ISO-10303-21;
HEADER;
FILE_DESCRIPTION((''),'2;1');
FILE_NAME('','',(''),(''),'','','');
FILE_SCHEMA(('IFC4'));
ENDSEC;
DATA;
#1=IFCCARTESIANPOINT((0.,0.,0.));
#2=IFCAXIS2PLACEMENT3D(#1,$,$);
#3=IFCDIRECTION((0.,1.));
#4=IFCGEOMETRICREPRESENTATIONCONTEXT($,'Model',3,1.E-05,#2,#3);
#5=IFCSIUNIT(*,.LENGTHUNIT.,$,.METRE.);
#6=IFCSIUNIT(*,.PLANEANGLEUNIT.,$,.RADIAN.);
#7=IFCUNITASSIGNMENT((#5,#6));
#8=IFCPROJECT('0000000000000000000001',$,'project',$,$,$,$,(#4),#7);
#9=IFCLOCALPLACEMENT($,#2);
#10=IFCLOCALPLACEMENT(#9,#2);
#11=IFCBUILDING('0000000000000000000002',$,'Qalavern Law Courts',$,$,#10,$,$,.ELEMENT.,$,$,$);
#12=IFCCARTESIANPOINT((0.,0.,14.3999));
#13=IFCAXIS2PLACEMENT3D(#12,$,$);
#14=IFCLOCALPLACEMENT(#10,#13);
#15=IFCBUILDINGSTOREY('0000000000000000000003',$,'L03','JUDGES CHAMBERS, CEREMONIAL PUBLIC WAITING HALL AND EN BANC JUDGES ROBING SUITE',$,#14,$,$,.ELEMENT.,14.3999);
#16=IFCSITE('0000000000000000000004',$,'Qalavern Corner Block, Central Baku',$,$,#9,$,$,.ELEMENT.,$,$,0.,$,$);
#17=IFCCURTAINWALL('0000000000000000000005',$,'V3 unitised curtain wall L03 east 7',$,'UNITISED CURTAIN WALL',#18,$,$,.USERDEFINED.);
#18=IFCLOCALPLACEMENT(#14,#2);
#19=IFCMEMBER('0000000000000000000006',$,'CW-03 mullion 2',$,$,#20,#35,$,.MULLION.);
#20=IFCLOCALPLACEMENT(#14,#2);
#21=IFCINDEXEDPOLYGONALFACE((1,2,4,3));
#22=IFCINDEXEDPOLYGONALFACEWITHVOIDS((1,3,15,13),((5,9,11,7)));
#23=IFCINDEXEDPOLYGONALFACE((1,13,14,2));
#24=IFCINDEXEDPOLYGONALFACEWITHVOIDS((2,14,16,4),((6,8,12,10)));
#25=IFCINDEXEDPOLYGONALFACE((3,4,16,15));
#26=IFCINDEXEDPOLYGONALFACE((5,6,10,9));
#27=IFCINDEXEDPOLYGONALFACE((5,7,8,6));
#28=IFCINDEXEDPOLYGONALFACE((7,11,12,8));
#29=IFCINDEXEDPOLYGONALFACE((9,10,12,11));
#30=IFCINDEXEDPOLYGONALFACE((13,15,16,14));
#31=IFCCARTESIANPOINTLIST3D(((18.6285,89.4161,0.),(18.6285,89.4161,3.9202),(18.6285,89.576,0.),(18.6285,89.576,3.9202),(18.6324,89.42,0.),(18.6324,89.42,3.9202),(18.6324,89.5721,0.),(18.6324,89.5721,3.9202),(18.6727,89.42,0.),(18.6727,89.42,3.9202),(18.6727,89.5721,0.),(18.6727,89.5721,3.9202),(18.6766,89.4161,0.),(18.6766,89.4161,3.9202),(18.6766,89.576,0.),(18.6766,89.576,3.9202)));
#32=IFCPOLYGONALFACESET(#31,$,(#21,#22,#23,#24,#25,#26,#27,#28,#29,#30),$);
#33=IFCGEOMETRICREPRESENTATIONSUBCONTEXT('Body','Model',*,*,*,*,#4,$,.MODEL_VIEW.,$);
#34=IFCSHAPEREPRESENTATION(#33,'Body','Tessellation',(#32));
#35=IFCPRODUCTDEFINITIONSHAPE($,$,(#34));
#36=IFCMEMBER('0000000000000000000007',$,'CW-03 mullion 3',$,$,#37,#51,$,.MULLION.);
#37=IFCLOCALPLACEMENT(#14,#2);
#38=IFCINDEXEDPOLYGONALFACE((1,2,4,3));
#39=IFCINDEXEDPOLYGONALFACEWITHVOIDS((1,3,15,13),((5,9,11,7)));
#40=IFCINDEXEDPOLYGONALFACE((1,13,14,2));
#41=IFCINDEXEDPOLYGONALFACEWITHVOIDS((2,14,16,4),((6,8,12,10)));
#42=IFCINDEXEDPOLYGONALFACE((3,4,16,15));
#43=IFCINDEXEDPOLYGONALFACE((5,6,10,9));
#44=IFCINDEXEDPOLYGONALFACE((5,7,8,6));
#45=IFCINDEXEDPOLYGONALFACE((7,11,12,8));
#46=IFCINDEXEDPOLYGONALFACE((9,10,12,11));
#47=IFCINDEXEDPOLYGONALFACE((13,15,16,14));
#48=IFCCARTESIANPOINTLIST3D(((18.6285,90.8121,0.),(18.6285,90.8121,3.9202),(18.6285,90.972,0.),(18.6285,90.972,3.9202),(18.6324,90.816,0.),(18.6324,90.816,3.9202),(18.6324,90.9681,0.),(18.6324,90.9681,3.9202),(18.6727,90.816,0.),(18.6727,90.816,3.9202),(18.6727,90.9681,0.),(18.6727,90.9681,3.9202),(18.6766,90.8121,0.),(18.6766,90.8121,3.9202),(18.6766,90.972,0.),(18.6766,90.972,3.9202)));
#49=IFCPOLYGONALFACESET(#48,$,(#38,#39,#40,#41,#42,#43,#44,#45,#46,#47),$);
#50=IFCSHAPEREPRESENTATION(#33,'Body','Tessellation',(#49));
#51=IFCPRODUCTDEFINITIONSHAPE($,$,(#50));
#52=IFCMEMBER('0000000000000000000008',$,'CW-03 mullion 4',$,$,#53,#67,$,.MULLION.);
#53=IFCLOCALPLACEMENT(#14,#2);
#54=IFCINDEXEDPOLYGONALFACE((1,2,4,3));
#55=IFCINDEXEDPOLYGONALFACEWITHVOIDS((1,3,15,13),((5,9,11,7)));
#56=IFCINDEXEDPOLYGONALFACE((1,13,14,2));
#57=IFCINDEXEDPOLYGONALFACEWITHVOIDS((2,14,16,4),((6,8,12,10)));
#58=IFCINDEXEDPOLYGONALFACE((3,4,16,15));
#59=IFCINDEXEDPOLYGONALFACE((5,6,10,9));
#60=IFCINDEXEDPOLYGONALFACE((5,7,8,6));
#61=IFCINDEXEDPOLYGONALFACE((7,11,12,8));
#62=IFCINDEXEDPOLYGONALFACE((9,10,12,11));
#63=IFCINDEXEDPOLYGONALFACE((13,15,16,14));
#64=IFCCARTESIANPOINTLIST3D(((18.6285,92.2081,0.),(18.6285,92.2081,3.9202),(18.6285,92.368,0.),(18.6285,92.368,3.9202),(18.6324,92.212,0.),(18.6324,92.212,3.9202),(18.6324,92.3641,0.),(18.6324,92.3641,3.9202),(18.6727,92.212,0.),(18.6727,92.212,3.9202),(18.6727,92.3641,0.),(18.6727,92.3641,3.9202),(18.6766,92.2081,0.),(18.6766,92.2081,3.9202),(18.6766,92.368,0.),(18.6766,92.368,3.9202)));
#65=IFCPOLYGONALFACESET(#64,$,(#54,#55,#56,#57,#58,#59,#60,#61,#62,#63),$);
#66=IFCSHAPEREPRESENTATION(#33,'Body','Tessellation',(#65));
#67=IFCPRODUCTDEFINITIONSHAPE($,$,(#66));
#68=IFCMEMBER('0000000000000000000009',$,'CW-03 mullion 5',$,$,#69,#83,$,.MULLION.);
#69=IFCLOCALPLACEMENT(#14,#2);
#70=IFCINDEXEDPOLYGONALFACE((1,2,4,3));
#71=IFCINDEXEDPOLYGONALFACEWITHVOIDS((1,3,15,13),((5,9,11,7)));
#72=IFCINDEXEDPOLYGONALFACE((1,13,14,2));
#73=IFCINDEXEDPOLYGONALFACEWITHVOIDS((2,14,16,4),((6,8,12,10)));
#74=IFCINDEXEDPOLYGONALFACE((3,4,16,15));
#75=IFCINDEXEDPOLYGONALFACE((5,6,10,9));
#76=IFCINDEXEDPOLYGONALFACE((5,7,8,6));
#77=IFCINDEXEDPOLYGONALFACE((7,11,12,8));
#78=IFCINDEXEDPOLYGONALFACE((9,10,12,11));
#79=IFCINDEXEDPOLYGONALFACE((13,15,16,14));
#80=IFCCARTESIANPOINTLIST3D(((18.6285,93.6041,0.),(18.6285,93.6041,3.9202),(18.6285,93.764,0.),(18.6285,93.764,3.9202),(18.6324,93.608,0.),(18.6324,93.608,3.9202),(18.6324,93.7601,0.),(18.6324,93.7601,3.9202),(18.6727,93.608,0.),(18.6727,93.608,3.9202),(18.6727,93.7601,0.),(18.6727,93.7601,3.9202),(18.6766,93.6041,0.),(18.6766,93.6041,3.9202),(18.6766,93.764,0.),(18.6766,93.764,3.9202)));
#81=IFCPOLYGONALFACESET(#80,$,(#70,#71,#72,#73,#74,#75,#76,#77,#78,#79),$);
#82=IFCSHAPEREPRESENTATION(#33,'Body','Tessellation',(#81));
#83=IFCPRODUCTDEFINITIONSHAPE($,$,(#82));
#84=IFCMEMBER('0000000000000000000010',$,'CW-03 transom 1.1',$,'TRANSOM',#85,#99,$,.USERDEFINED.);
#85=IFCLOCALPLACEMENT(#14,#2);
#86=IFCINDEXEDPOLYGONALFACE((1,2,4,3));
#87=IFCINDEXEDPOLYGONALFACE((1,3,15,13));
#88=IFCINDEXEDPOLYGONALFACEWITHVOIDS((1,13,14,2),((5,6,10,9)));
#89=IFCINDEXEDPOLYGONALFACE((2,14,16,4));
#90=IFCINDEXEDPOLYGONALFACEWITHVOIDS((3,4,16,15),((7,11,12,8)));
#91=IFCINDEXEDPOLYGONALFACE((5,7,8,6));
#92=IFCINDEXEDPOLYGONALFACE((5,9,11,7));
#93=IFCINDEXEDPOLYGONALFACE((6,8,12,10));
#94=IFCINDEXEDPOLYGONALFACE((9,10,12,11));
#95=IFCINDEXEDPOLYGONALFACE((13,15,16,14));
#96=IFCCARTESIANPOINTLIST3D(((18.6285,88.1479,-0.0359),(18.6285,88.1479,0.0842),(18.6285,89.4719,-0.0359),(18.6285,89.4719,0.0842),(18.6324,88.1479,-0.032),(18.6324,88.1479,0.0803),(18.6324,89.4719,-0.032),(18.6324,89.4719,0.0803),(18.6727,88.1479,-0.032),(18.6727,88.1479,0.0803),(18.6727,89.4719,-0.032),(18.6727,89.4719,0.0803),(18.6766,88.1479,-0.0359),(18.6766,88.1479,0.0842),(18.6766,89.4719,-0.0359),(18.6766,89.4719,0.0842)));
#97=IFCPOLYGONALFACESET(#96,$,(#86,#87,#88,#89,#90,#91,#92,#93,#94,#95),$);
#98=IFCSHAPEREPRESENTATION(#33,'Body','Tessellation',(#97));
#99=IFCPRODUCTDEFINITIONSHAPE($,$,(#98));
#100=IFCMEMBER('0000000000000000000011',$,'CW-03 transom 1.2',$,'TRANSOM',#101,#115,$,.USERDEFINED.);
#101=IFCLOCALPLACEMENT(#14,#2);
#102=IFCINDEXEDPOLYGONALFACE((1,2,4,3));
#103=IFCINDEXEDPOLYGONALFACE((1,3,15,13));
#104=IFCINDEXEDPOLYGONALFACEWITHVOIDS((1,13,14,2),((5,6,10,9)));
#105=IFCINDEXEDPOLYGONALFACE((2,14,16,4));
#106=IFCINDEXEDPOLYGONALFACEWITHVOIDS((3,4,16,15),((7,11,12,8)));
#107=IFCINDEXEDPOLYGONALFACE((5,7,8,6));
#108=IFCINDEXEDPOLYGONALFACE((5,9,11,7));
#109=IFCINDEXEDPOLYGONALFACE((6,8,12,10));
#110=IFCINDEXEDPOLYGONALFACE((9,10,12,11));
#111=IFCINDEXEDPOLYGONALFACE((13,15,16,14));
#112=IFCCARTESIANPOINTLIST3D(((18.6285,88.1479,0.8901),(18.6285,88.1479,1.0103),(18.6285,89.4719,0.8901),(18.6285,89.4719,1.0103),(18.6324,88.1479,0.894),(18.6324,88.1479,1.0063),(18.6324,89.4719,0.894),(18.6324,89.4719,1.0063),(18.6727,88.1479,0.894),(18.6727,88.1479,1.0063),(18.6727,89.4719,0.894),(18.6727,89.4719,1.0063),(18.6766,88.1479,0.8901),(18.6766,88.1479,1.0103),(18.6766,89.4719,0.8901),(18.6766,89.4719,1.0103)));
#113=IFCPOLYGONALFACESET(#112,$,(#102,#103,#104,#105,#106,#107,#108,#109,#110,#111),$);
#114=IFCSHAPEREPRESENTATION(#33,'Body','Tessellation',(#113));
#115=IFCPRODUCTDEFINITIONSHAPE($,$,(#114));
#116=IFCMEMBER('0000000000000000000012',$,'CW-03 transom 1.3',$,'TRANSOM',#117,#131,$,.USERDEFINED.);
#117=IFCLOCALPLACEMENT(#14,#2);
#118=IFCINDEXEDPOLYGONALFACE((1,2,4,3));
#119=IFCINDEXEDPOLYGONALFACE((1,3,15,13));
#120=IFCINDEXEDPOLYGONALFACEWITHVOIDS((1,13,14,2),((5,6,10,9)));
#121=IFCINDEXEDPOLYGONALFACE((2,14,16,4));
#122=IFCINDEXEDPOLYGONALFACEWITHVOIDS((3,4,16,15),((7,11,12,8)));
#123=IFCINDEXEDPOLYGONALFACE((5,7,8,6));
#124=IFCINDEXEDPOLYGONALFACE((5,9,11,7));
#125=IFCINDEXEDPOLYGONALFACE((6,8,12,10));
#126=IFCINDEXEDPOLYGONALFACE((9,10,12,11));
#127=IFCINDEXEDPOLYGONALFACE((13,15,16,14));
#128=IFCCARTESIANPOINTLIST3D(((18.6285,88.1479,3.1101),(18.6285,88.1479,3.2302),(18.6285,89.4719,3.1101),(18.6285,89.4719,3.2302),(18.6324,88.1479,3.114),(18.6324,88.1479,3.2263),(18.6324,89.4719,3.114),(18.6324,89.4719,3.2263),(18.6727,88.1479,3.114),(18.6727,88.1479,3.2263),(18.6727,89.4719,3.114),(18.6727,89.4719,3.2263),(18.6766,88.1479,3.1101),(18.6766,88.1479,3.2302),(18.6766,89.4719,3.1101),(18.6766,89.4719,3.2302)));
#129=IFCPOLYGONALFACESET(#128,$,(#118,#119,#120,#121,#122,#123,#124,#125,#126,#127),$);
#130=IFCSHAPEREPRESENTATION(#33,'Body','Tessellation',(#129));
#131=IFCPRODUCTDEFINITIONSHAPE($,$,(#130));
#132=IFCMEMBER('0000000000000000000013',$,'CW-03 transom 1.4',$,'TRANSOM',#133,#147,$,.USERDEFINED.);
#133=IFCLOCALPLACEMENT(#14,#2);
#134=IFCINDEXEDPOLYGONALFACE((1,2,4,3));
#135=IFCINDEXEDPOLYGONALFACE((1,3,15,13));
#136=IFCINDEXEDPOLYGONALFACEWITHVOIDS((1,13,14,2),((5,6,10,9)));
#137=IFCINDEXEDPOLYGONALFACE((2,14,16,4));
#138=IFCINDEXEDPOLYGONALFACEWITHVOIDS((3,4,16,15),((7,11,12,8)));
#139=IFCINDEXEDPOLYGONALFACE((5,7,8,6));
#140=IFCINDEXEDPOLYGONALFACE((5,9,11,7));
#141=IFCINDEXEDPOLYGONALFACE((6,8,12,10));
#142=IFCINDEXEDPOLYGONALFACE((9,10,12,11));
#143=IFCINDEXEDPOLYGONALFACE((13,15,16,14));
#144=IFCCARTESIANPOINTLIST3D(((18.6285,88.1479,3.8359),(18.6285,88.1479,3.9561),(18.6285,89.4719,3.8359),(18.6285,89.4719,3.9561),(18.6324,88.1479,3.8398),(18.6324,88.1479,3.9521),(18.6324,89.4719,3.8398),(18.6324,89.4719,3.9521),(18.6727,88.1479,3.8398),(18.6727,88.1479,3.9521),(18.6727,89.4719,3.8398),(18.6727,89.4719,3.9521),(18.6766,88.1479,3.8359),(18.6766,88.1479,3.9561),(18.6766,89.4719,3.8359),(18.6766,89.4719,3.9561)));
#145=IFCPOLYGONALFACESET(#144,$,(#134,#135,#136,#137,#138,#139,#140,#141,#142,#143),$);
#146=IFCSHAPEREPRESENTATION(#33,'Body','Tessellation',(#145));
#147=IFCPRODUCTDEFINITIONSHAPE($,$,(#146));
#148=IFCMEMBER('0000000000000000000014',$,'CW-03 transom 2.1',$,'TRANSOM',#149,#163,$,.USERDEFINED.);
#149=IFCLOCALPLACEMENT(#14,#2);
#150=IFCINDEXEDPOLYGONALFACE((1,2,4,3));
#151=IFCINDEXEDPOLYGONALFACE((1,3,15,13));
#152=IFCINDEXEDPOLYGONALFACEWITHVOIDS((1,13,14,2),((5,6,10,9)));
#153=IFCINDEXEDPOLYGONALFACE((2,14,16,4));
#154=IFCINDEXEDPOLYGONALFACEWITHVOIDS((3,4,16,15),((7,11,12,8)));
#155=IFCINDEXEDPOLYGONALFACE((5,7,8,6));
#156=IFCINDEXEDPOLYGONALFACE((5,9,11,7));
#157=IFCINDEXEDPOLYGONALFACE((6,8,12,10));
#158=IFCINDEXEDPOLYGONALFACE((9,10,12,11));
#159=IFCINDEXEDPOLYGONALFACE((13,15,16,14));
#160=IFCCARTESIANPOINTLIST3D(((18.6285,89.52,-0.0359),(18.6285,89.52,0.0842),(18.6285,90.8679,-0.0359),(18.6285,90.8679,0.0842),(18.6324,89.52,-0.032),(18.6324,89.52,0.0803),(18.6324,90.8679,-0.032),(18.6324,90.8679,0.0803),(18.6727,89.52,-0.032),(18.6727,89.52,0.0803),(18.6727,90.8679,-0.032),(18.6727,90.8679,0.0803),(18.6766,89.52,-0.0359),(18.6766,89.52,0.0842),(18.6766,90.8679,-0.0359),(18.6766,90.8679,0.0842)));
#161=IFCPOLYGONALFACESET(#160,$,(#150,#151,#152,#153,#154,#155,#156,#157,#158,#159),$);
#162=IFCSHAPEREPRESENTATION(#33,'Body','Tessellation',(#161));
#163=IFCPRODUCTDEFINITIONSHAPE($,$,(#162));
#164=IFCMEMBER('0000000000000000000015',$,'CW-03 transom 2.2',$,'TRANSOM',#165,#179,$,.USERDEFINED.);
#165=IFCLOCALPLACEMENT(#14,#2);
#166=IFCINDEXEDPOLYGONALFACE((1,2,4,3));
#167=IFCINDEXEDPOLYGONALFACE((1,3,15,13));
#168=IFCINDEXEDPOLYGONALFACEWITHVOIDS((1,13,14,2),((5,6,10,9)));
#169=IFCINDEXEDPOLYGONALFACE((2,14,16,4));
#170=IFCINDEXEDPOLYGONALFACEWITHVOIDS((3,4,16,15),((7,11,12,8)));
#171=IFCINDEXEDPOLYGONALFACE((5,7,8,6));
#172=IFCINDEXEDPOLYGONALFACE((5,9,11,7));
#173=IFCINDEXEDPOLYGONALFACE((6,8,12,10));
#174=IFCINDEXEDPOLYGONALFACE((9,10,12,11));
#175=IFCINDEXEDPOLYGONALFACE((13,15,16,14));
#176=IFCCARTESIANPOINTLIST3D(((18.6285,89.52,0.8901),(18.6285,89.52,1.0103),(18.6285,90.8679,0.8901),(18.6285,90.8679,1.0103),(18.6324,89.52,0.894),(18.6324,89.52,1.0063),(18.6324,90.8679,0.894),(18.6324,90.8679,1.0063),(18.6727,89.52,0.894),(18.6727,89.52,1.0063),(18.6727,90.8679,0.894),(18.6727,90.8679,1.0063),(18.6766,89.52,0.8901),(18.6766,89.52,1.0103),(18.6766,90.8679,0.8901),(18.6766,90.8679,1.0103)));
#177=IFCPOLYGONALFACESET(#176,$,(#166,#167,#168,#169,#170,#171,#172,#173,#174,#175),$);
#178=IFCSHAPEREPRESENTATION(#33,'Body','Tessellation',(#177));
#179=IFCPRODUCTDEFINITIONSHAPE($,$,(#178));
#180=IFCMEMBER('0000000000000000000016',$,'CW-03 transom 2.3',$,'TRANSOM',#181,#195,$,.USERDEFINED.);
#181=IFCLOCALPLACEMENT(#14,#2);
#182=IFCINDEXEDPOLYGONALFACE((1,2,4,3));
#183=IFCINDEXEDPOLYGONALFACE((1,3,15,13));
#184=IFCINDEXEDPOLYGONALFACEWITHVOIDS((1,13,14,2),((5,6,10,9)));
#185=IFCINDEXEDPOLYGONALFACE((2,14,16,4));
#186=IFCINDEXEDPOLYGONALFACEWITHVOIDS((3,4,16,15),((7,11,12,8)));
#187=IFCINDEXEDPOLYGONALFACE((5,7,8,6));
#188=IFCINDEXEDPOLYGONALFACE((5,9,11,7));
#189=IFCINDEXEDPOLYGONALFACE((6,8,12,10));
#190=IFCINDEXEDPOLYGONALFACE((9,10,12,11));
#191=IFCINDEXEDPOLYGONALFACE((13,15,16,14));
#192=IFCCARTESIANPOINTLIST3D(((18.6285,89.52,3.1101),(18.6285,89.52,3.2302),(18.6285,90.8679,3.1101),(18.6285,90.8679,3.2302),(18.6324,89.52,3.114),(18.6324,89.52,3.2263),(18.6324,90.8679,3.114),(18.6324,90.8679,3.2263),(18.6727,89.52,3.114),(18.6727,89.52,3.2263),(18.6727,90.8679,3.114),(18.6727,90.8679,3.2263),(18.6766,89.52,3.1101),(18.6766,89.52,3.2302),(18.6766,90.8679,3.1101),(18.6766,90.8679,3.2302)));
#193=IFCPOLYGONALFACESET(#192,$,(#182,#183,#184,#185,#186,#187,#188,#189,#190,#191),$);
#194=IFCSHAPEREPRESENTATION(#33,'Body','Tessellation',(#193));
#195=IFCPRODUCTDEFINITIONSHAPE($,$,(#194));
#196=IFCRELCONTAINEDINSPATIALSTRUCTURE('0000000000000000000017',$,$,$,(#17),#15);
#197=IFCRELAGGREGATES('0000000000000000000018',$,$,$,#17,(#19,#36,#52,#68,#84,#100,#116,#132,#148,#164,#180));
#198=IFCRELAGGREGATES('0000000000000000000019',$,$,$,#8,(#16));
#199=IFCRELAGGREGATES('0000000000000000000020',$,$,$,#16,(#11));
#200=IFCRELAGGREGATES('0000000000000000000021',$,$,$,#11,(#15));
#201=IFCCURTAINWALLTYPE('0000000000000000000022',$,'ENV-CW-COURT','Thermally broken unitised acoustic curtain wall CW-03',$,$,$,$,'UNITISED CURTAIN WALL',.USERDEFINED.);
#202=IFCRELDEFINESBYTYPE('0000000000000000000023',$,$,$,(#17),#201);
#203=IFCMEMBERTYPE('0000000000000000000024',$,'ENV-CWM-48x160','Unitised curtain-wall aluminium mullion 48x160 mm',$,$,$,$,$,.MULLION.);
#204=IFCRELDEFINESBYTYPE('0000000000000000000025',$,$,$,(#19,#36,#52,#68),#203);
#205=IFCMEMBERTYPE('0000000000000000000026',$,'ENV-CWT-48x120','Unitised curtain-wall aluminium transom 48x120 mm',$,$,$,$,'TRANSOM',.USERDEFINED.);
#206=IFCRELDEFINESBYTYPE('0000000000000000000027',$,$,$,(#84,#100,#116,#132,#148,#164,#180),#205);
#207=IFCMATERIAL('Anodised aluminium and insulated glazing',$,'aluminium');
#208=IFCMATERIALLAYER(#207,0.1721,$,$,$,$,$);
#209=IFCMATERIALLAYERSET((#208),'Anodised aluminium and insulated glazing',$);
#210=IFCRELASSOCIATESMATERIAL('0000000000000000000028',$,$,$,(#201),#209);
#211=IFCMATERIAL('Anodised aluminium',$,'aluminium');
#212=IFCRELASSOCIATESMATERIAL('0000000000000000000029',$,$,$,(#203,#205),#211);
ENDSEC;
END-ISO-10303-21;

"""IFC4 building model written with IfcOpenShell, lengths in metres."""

from ifc_helpers import new_model, si_unit, direction, frame, origin, origin_2d, place, context, subcontext, project, spatial, hollow_rectangle, extrude, material, layer, layer_set, material_profile, profile_set, type_object, element, aggregate, save


model = new_model("IFC4")

# Units and contexts
model_context = context("Model", 3, precision=1e-05, world=origin(), true_north=direction((0.0, 1.0)))
body_context = subcontext(model_context, "Body", "Model", "MODEL_VIEW")
ifc_project = project(units=[si_unit("LENGTHUNIT", "METRE"), si_unit("PLANEANGLEUNIT", "RADIAN")], contexts=[model_context])

# Site, building, storey
site_placement = place(None, origin())
site = spatial("IfcSite", under=ifc_project, at=site_placement, Name="Qalavern Corner Block, Central Baku", CompositionType="ELEMENT", RefElevation=0.0)
building_placement = place(site_placement, origin())
building = spatial("IfcBuilding", under=site, at=building_placement, Name="Qalavern Law Courts", CompositionType="ELEMENT")
storey_placement = place(building_placement, frame((0.0, 0.0, 14.3999)))
storey = spatial("IfcBuildingStorey", under=building, at=storey_placement, Name="L03", Description="JUDGES CHAMBERS, CEREMONIAL PUBLIC WAITING HALL AND EN BANC JUDGES ROBING SUITE", CompositionType="ELEMENT", Elevation=14.3999)

# Curtain wall, members
ifc_material_1 = material(Name="Anodised aluminium and insulated glazing", Category="aluminium")
ifc_layer_1 = layer(ifc_material_1, 0.1721)
ifc_layer_set_1 = layer_set([ifc_layer_1], Name="Anodised aluminium and insulated glazing")
curtain_wall_type = type_object("IfcCurtainWallType", Name="ENV-CW-COURT", Description="Thermally broken unitised acoustic curtain wall CW-03", ElementType="UNITISED CURTAIN WALL", PredefinedType="USERDEFINED", material=ifc_layer_set_1)
curtain_wall_placement = place(storey_placement, origin())
curtain_wall = element("IfcCurtainWall", 1, at=curtain_wall_placement, inside=storey, type_object=curtain_wall_type, Name="V3 unitised curtain wall L03 east 7", ObjectType="UNITISED CURTAIN WALL", PredefinedType="USERDEFINED")
ifc_material_2 = material(Name="Anodised aluminium", Category="aluminium")
ifc_material_profile_1 = material_profile(ifc_material_2, hollow_rectangle(XDim=0.0481, YDim=0.1599, WallThickness=0.0039, at=origin_2d()), Name="ALU MULLION 48x160")
ifc_profile_set_1 = profile_set([ifc_material_profile_1], Name="Anodised aluminium")
member_type_1 = type_object("IfcMemberType", Name="ENV-CWM-48x160", Description="Unitised curtain-wall aluminium mullion 48x160 mm", PredefinedType="MULLION", material=ifc_profile_set_1)
member_1_placement = place(storey_placement, frame((18.6526, 89.4961, 0.0), z_axis=(0.0, 0.0, 1.0), x_axis=(-1.0, 0.0, 0.0)))
member_1 = element("IfcMember", 2, at=member_1_placement, type_object=member_type_1, Name="CW-03 mullion 2", PredefinedType="MULLION", context=body_context, shape_type="SweptSolid", body=[
    extrude(hollow_rectangle(XDim=0.0481, YDim=0.1599, WallThickness=0.0039, at=origin_2d()), origin(), (0.0, 0.0, 1.0), 3.9202),
])
member_2_placement = place(storey_placement, frame((18.6526, 90.8921, 0.0), z_axis=(0.0, 0.0, 1.0), x_axis=(-1.0, 0.0, 0.0)))
member_2 = element("IfcMember", 3, at=member_2_placement, type_object=member_type_1, Name="CW-03 mullion 3", PredefinedType="MULLION", context=body_context, shape_type="SweptSolid", body=[
    extrude(hollow_rectangle(XDim=0.0481, YDim=0.1599, WallThickness=0.0039, at=origin_2d()), origin(), (0.0, 0.0, 1.0), 3.9202),
])
member_3_placement = place(storey_placement, frame((18.6526, 92.2881, 0.0), z_axis=(0.0, 0.0, 1.0), x_axis=(-1.0, 0.0, 0.0)))
member_3 = element("IfcMember", 4, at=member_3_placement, type_object=member_type_1, Name="CW-03 mullion 4", PredefinedType="MULLION", context=body_context, shape_type="SweptSolid", body=[
    extrude(hollow_rectangle(XDim=0.0481, YDim=0.1599, WallThickness=0.0039, at=origin_2d()), origin(), (0.0, 0.0, 1.0), 3.9202),
])
member_4_placement = place(storey_placement, frame((18.6526, 93.6841, 0.0), z_axis=(0.0, 0.0, 1.0), x_axis=(-1.0, 0.0, 0.0)))
member_4 = element("IfcMember", 5, at=member_4_placement, type_object=member_type_1, Name="CW-03 mullion 5", PredefinedType="MULLION", context=body_context, shape_type="SweptSolid", body=[
    extrude(hollow_rectangle(XDim=0.0481, YDim=0.1599, WallThickness=0.0039, at=origin_2d()), origin(), (0.0, 0.0, 1.0), 3.9202),
])
ifc_material_profile_2 = material_profile(ifc_material_2, hollow_rectangle(XDim=0.0481, YDim=0.1201, WallThickness=0.0039, at=origin_2d()), Name="ALU TRANSOM 48x120")
ifc_profile_set_2 = profile_set([ifc_material_profile_2], Name="Anodised aluminium")
member_type_2 = type_object("IfcMemberType", Name="ENV-CWT-48x120", Description="Unitised curtain-wall aluminium transom 48x120 mm", ElementType="TRANSOM", PredefinedType="USERDEFINED", material=ifc_profile_set_2)
member_5_placement = place(storey_placement, frame((18.6526, 88.1479, 0.0242), z_axis=(0.0, 1.0, 0.0), x_axis=(-1.0, 0.0, 0.0)))
member_5 = element("IfcMember", 6, at=member_5_placement, type_object=member_type_2, Name="CW-03 transom 1.1", ObjectType="TRANSOM", PredefinedType="USERDEFINED", context=body_context, shape_type="SweptSolid", body=[
    extrude(hollow_rectangle(XDim=0.0481, YDim=0.1201, WallThickness=0.0039, at=origin_2d()), origin(), (0.0, 0.0, 1.0), 1.324),
])
member_6_placement = place(storey_placement, frame((18.6526, 88.1479, 0.9502), z_axis=(0.0, 1.0, 0.0), x_axis=(-1.0, 0.0, 0.0)))
member_6 = element("IfcMember", 7, at=member_6_placement, type_object=member_type_2, Name="CW-03 transom 1.2", ObjectType="TRANSOM", PredefinedType="USERDEFINED", context=body_context, shape_type="SweptSolid", body=[
    extrude(hollow_rectangle(XDim=0.0481, YDim=0.1201, WallThickness=0.0039, at=origin_2d()), origin(), (0.0, 0.0, 1.0), 1.324),
])
member_7_placement = place(storey_placement, frame((18.6526, 88.1479, 3.1702), z_axis=(0.0, 1.0, 0.0), x_axis=(-1.0, 0.0, 0.0)))
member_7 = element("IfcMember", 8, at=member_7_placement, type_object=member_type_2, Name="CW-03 transom 1.3", ObjectType="TRANSOM", PredefinedType="USERDEFINED", context=body_context, shape_type="SweptSolid", body=[
    extrude(hollow_rectangle(XDim=0.0481, YDim=0.1201, WallThickness=0.0039, at=origin_2d()), origin(), (0.0, 0.0, 1.0), 1.324),
])
member_8_placement = place(storey_placement, frame((18.6526, 88.1479, 3.896), z_axis=(0.0, 1.0, 0.0), x_axis=(-1.0, 0.0, 0.0)))
member_8 = element("IfcMember", 9, at=member_8_placement, type_object=member_type_2, Name="CW-03 transom 1.4", ObjectType="TRANSOM", PredefinedType="USERDEFINED", context=body_context, shape_type="SweptSolid", body=[
    extrude(hollow_rectangle(XDim=0.0481, YDim=0.1201, WallThickness=0.0039, at=origin_2d()), origin(), (0.0, 0.0, 1.0), 1.324),
])
member_9_placement = place(storey_placement, frame((18.6526, 89.52, 0.0242), z_axis=(0.0, 1.0, 0.0), x_axis=(-1.0, 0.0, 0.0)))
member_9 = element("IfcMember", 10, at=member_9_placement, type_object=member_type_2, Name="CW-03 transom 2.1", ObjectType="TRANSOM", PredefinedType="USERDEFINED", context=body_context, shape_type="SweptSolid", body=[
    extrude(hollow_rectangle(XDim=0.0481, YDim=0.1201, WallThickness=0.0039, at=origin_2d()), origin(), (0.0, 0.0, 1.0), 1.3479),
])
member_10_placement = place(storey_placement, frame((18.6526, 89.52, 0.9502), z_axis=(0.0, 1.0, 0.0), x_axis=(-1.0, 0.0, 0.0)))
member_10 = element("IfcMember", 11, at=member_10_placement, type_object=member_type_2, Name="CW-03 transom 2.2", ObjectType="TRANSOM", PredefinedType="USERDEFINED", context=body_context, shape_type="SweptSolid", body=[
    extrude(hollow_rectangle(XDim=0.0481, YDim=0.1201, WallThickness=0.0039, at=origin_2d()), origin(), (0.0, 0.0, 1.0), 1.3479),
])
member_11_placement = place(storey_placement, frame((18.6526, 89.52, 3.1702), z_axis=(0.0, 1.0, 0.0), x_axis=(-1.0, 0.0, 0.0)))
member_11 = element("IfcMember", 12, at=member_11_placement, type_object=member_type_2, Name="CW-03 transom 2.3", ObjectType="TRANSOM", PredefinedType="USERDEFINED", context=body_context, shape_type="SweptSolid", body=[
    extrude(hollow_rectangle(XDim=0.0481, YDim=0.1201, WallThickness=0.0039, at=origin_2d()), origin(), (0.0, 0.0, 1.0), 1.3479),
])
aggregate(curtain_wall, [member_1, member_2, member_3, member_4, member_5, member_6, member_7, member_8, member_9, member_10, member_11])

save(model, "model.ifc")
